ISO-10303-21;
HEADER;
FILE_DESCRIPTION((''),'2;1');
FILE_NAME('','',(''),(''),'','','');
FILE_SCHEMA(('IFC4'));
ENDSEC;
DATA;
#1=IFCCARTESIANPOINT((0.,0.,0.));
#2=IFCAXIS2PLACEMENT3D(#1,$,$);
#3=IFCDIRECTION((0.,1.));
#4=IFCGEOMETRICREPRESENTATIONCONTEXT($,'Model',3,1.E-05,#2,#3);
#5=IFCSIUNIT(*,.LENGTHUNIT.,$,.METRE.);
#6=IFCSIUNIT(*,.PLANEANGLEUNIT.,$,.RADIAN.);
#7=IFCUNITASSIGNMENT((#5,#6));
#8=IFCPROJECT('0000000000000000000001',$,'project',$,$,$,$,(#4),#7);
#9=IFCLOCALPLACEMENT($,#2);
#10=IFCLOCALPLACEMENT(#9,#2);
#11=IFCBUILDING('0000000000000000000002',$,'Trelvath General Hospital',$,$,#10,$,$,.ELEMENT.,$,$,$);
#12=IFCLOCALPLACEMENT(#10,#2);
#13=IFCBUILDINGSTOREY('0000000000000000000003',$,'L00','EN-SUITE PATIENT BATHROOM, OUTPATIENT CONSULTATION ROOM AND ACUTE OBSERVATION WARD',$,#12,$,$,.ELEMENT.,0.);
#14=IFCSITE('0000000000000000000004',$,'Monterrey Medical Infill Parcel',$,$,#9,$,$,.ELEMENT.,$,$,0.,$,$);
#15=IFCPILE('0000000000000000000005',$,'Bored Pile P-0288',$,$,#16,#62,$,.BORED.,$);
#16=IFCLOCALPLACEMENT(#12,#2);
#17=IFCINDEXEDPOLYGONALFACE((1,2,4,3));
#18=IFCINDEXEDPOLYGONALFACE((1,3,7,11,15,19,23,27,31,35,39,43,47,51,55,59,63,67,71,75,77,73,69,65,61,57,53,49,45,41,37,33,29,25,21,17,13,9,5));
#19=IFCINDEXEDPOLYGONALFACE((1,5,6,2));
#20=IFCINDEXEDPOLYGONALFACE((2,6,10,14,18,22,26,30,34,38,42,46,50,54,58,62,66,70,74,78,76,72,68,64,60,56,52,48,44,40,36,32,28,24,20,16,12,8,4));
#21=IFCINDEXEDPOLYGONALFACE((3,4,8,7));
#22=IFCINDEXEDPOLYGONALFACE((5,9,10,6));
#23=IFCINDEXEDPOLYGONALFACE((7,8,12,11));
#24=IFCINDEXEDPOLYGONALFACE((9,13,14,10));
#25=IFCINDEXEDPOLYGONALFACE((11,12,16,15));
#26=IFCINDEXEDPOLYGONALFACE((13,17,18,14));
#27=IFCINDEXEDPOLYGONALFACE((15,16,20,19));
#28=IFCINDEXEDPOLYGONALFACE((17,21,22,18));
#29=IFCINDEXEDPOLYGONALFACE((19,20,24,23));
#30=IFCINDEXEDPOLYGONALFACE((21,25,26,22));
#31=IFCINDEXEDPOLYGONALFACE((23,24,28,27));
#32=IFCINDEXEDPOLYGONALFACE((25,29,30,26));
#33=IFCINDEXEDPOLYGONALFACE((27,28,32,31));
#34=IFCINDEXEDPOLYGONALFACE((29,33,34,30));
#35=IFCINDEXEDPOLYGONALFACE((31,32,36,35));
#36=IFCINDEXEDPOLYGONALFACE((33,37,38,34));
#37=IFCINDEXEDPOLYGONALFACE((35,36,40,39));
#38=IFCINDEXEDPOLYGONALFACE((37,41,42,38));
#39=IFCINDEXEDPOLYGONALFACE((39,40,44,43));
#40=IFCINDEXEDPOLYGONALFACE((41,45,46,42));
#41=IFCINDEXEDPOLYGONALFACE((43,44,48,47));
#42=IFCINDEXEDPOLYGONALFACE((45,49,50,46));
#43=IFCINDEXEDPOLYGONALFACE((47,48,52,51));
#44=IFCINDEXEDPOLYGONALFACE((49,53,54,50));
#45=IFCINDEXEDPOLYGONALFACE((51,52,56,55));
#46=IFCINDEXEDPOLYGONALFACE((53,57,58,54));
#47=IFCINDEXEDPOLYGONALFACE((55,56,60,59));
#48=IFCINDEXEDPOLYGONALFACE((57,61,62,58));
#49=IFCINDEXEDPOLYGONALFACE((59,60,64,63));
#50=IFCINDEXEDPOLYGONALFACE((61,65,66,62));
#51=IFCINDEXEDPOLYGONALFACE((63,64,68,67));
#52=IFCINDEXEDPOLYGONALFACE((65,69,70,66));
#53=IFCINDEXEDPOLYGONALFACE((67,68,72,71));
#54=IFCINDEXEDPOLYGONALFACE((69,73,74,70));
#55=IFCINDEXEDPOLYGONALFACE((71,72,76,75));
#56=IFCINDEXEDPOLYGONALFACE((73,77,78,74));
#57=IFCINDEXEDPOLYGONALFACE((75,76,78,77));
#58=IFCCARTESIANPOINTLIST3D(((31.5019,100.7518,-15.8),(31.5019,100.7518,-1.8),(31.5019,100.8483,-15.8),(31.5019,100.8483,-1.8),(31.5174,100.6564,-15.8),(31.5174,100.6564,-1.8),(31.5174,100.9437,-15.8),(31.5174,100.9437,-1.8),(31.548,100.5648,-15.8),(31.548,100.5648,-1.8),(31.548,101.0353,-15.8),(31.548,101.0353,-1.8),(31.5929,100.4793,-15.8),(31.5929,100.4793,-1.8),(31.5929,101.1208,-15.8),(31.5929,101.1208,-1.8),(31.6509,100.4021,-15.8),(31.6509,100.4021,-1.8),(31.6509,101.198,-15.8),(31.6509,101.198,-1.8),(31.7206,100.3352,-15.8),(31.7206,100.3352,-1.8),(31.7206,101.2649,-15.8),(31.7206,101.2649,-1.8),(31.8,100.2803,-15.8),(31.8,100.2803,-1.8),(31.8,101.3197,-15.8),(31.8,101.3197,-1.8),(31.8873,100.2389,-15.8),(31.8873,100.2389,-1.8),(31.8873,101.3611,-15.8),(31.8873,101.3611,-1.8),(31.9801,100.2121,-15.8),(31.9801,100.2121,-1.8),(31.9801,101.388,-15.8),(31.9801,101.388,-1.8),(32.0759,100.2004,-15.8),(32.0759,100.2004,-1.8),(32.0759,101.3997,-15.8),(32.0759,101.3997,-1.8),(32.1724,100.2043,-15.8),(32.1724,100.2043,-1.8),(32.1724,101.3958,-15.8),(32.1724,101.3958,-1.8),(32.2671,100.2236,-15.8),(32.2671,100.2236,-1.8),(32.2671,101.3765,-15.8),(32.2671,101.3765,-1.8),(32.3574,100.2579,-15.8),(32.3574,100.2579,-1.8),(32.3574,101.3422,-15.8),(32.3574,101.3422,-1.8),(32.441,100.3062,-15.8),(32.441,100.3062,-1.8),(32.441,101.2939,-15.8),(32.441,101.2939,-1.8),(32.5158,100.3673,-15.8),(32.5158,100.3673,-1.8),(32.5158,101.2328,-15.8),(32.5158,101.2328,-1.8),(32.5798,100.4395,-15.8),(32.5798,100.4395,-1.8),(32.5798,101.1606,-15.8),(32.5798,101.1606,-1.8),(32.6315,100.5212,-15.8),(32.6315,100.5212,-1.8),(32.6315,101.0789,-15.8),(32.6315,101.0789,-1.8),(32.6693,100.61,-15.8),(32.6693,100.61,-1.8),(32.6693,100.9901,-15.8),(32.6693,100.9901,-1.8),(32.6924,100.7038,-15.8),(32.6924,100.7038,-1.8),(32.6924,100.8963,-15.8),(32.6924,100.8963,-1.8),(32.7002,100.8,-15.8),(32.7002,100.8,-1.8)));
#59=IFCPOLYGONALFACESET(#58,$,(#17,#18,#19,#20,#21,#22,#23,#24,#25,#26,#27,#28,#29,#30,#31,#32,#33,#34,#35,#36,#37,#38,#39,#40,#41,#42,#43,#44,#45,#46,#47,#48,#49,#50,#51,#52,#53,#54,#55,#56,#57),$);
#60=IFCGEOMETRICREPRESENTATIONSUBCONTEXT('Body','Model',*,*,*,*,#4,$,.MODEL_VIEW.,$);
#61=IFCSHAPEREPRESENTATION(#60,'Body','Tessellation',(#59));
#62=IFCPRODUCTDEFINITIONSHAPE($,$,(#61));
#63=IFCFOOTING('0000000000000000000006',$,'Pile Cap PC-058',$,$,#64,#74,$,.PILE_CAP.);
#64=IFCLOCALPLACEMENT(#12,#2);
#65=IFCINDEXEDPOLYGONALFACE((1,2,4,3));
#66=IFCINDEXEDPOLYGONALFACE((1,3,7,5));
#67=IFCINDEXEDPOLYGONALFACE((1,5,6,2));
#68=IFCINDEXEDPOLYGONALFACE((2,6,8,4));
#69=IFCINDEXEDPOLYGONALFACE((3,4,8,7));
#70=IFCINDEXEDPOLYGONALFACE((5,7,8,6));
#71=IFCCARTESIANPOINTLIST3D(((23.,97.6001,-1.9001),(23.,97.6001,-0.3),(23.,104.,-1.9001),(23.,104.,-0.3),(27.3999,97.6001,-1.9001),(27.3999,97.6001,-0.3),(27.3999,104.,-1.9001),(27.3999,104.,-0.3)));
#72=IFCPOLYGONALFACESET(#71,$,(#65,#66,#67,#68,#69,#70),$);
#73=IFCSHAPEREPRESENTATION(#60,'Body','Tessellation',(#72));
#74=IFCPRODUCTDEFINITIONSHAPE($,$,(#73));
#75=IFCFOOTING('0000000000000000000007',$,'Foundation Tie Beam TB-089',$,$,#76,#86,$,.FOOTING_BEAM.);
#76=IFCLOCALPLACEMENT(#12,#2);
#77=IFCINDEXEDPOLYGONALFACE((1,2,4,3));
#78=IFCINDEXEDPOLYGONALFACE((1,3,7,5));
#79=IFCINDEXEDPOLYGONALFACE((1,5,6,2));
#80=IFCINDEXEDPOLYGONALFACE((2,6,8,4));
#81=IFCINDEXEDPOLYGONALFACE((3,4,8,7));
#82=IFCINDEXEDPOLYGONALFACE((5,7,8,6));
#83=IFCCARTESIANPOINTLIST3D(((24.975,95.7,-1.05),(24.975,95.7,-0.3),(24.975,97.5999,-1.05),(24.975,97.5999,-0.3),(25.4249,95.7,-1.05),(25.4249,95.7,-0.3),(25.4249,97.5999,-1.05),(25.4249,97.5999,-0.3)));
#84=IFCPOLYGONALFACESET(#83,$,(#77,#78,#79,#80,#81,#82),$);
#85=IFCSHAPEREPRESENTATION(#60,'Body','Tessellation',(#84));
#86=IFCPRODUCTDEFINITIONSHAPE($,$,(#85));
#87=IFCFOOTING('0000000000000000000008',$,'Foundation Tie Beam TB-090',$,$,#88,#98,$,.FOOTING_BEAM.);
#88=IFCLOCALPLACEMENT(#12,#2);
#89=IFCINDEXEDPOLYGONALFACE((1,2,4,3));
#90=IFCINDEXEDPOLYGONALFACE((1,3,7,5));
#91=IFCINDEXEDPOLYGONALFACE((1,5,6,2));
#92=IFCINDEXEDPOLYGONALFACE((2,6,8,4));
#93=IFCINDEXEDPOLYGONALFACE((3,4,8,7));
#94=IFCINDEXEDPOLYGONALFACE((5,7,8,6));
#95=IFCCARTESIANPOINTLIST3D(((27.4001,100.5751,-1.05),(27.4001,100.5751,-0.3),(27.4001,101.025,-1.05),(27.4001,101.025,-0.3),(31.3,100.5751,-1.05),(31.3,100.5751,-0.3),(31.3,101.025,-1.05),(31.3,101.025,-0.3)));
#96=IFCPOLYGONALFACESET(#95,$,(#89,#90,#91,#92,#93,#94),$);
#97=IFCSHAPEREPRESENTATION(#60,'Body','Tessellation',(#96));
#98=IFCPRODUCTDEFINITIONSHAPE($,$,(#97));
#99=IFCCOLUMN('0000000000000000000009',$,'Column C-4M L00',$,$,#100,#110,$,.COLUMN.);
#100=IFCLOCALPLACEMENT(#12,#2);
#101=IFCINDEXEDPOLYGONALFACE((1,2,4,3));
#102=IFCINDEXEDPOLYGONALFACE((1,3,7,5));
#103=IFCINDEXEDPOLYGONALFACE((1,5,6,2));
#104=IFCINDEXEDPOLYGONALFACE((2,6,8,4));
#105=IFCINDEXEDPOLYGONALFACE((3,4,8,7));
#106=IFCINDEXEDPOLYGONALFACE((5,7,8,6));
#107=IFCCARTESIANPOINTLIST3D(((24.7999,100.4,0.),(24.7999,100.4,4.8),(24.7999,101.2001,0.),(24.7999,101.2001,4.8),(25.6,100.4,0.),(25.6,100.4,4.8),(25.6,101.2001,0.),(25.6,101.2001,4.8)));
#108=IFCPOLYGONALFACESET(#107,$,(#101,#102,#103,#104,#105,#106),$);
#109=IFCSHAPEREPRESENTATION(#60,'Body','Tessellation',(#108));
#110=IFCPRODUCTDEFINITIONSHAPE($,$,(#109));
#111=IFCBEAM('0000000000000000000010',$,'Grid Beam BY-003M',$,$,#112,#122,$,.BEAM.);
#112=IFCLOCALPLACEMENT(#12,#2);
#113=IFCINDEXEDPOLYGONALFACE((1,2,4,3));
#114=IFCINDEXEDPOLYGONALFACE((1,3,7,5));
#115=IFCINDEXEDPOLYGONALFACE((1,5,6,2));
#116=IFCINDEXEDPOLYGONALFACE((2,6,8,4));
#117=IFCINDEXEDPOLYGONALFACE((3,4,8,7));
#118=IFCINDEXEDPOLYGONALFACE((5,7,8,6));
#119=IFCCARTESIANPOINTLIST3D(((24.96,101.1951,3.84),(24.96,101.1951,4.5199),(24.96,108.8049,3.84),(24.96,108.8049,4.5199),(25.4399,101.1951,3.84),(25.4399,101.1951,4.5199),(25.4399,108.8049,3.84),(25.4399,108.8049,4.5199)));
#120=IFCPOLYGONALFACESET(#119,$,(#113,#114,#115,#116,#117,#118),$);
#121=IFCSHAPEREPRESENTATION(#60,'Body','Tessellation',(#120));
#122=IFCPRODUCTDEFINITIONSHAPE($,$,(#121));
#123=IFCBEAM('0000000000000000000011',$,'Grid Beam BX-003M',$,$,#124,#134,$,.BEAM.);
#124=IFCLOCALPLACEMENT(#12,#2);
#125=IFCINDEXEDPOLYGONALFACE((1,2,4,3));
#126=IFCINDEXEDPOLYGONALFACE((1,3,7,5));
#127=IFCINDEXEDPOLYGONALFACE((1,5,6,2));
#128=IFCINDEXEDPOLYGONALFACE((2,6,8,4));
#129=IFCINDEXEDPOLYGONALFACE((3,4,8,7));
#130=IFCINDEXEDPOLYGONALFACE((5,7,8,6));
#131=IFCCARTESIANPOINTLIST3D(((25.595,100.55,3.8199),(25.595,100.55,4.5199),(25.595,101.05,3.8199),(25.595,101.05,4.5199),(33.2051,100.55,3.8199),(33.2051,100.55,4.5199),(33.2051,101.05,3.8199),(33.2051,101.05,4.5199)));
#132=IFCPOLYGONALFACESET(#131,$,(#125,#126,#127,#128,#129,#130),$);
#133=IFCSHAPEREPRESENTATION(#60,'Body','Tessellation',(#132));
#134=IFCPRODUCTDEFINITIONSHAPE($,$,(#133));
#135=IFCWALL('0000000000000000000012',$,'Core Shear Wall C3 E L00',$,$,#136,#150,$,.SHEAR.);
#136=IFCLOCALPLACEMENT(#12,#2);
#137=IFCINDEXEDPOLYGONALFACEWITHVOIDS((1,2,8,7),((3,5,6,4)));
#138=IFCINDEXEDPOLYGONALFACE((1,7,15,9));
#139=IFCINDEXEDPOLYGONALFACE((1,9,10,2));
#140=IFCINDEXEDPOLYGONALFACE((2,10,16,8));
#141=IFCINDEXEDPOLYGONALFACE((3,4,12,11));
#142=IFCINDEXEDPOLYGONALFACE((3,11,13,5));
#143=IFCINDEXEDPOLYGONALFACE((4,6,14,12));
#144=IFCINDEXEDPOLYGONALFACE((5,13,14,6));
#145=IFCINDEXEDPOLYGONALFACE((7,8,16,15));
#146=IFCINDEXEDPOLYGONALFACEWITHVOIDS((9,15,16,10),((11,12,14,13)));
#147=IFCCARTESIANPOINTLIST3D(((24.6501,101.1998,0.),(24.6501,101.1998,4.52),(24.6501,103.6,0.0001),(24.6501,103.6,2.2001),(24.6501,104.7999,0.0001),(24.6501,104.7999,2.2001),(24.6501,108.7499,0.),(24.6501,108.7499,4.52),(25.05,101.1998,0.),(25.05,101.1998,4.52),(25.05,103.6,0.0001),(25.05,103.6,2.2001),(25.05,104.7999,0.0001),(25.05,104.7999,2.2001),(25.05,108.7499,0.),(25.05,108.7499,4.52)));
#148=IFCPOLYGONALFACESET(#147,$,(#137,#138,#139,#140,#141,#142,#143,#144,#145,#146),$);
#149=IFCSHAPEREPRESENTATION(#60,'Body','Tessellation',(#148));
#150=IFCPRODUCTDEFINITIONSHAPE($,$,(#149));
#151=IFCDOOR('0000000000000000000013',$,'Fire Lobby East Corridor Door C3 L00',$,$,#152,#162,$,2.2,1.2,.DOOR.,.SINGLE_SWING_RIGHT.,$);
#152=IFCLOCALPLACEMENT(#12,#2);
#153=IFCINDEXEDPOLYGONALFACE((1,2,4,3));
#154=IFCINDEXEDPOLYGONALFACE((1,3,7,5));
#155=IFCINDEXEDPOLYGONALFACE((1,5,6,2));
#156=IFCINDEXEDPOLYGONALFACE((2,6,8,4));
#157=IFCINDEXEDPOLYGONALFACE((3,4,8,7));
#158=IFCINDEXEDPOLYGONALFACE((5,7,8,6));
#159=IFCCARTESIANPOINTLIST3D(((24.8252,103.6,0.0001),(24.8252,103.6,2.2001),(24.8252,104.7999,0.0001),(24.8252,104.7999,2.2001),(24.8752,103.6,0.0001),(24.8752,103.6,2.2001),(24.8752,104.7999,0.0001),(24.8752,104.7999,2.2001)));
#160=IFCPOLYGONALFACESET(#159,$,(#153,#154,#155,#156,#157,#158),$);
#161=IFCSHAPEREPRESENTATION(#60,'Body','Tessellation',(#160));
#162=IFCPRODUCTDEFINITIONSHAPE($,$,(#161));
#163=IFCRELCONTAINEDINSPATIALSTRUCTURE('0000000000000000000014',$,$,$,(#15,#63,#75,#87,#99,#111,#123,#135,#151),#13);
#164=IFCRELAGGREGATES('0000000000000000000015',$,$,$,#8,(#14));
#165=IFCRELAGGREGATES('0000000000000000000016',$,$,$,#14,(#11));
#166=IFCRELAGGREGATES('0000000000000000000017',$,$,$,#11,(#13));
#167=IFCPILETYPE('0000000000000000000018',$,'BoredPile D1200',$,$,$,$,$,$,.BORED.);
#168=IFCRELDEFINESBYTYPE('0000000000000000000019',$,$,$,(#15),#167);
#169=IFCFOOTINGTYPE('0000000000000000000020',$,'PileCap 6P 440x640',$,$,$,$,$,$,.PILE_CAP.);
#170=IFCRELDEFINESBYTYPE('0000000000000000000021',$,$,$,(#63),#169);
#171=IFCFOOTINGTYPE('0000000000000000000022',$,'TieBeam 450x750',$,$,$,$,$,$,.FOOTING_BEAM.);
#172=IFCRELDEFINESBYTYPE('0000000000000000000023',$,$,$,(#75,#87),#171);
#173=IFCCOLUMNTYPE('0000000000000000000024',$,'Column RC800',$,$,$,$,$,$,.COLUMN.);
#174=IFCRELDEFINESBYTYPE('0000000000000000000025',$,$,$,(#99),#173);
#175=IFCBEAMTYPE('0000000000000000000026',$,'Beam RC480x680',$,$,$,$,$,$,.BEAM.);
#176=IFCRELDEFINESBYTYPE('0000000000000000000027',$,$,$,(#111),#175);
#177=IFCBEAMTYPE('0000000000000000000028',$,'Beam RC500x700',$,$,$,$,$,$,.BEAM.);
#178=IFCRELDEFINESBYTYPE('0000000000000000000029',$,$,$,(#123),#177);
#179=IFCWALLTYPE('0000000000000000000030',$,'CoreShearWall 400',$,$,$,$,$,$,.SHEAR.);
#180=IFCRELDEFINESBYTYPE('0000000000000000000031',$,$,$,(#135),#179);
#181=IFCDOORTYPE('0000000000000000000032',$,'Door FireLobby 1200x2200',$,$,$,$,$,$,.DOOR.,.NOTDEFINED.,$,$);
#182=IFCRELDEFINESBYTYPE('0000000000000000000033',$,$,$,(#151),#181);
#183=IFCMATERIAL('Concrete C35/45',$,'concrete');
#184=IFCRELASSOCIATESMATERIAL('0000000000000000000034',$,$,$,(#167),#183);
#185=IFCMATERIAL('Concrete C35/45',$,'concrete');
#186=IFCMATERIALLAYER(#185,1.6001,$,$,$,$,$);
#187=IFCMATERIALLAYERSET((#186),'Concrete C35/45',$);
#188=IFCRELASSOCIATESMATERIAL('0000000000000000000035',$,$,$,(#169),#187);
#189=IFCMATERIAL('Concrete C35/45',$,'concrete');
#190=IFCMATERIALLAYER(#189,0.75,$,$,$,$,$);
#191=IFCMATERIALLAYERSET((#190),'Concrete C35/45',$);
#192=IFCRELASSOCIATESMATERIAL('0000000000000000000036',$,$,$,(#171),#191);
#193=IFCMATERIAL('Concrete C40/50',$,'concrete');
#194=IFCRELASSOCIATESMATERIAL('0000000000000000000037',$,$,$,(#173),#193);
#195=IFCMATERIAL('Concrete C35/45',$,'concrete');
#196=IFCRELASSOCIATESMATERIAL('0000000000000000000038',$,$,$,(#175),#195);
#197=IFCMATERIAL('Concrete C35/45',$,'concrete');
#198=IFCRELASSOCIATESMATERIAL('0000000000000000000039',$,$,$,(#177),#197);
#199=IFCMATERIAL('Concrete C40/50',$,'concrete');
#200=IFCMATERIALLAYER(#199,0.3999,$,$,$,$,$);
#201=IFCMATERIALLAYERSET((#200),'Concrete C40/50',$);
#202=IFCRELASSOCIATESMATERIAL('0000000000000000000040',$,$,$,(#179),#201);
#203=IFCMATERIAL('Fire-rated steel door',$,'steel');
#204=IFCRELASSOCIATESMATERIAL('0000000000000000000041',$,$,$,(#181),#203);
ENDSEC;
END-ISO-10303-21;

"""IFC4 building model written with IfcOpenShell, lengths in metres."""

from ifc_helpers import new_model, si_unit, direction, frame, frame_2d, origin, origin_2d, place, context, subcontext, project, spatial, rectangle, circle, extrude, material, layer, layer_set, material_profile, profile_set, type_object, element, fill, save


model = new_model("IFC4")

# Units and contexts
model_context = context("Model", 3, precision=1e-05, world=origin(), true_north=direction((0.0, 1.0)))
body_context = subcontext(model_context, "Body", "Model", "MODEL_VIEW")
ifc_project = project(units=[si_unit("LENGTHUNIT", "METRE"), si_unit("PLANEANGLEUNIT", "RADIAN")], contexts=[model_context])

# Site, building, storey
site_placement = place(None, origin())
site = spatial("IfcSite", under=ifc_project, at=site_placement, Name="Monterrey Medical Infill Parcel", CompositionType="ELEMENT", RefElevation=0.0)
building_placement = place(site_placement, origin())
building = spatial("IfcBuilding", under=site, at=building_placement, Name="Trelvath General Hospital", CompositionType="ELEMENT")
storey_placement = place(building_placement, origin())
storey = spatial("IfcBuildingStorey", under=building, at=storey_placement, Name="L00", Description="EN-SUITE PATIENT BATHROOM, OUTPATIENT CONSULTATION ROOM AND ACUTE OBSERVATION WARD", CompositionType="ELEMENT", Elevation=0.0)

# Pile
ifc_material_1 = material(Name="Concrete C35/45", Category="concrete")
ifc_material_profile_1 = material_profile(ifc_material_1, circle(Radius=0.6001, at=origin_2d()), Name="PILE1200")
ifc_profile_set_1 = profile_set([ifc_material_profile_1], Name="Concrete C35/45")
pile_type_1 = type_object("IfcPileType", Name="BoredPile D1200", PredefinedType="BORED", material=ifc_profile_set_1)
for number, where, z_axis, x_axis, name in (
    (1, (32.1001, 100.8, -1.8), (0.0, 0.0, -1.0), (1.0, 0.0, 0.0), "Bored Pile P-0288"),
):
    element("IfcPile", number, at=place(storey_placement, frame(where, z_axis=z_axis, x_axis=x_axis)), inside=storey, type_object=pile_type_1, Name=name, PredefinedType="BORED", context=body_context, shape_type="SweptSolid", body=[
        extrude(circle(Radius=0.6001, at=origin_2d()), origin(), (0.0, 0.0, 1.0), 14.0),
    ])

# Footings
ifc_material_2 = material(Name="Concrete C35/45", Category="concrete")
ifc_layer_1 = layer(ifc_material_2, 1.6001)
ifc_layer_set_1 = layer_set([ifc_layer_1], Name="Concrete C35/45")
footing_type_1 = type_object("IfcFootingType", Name="PileCap 6P 440x640", PredefinedType="PILE_CAP", material=ifc_layer_set_1)
footing_1_placement = place(storey_placement, frame((25.2, 100.8, -1.9001), z_axis=(0.0, 0.0, 1.0), x_axis=(1.0, 0.0, 0.0)))
element("IfcFooting", 2, at=footing_1_placement, inside=storey, type_object=footing_type_1, Name="Pile Cap PC-058", PredefinedType="PILE_CAP", context=body_context, shape_type="SweptSolid", body=[
    extrude(rectangle(XDim=4.3999, YDim=6.3999, at=origin_2d()), origin(), (0.0, 0.0, 1.0), 1.6001),
])
ifc_material_3 = material(Name="Concrete C35/45", Category="concrete")
ifc_layer_2 = layer(ifc_material_3, 0.75)
ifc_layer_set_2 = layer_set([ifc_layer_2], Name="Concrete C35/45")
footing_type_2 = type_object("IfcFootingType", Name="TieBeam 450x750", PredefinedType="FOOTING_BEAM", material=ifc_layer_set_2)
footing_2_placement = place(storey_placement, frame((25.2, 96.6499, -1.05), z_axis=(0.0, 0.0, 1.0), x_axis=(1.0, 0.0, 0.0)))
element("IfcFooting", 3, at=footing_2_placement, inside=storey, type_object=footing_type_2, Name="Foundation Tie Beam TB-089", PredefinedType="FOOTING_BEAM", context=body_context, shape_type="SweptSolid", body=[
    extrude(rectangle(XDim=0.45, YDim=1.8999, at=origin_2d()), origin(), (0.0, 0.0, 1.0), 0.75),
])
footing_3_placement = place(storey_placement, frame((29.3501, 100.8, -1.05), z_axis=(0.0, 0.0, 1.0), x_axis=(1.0, 0.0, 0.0)))
element("IfcFooting", 4, at=footing_3_placement, inside=storey, type_object=footing_type_2, Name="Foundation Tie Beam TB-090", PredefinedType="FOOTING_BEAM", context=body_context, shape_type="SweptSolid", body=[
    extrude(rectangle(XDim=3.8999, YDim=0.45, at=origin_2d()), origin(), (0.0, 0.0, 1.0), 0.75),
])

# Column
ifc_material_4 = material(Name="Concrete C40/50", Category="concrete")
ifc_material_profile_2 = material_profile(ifc_material_4, rectangle(XDim=0.8, YDim=0.8, at=origin_2d()), Name="RC800x800")
ifc_profile_set_2 = profile_set([ifc_material_profile_2], Name="Concrete C40/50")
column_type = type_object("IfcColumnType", Name="Column RC800", PredefinedType="COLUMN", material=ifc_profile_set_2)
column_placement = place(storey_placement, frame((25.2, 100.8, 0.0), z_axis=(0.0, 0.0, 1.0), x_axis=(1.0, 0.0, 0.0)))
element("IfcColumn", 5, at=column_placement, inside=storey, type_object=column_type, Name="Column C-4M L00", PredefinedType="COLUMN", context=body_context, shape_type="SweptSolid", body=[
    extrude(rectangle(XDim=0.8, YDim=0.8, at=origin_2d()), origin(), (0.0, 0.0, 1.0), 4.8),
])

# Beams
ifc_material_5 = material(Name="Concrete C35/45", Category="concrete")
ifc_material_profile_3 = material_profile(ifc_material_5, rectangle(XDim=0.48, YDim=0.6799, at=origin_2d()), Name="RCB480x680")
ifc_profile_set_3 = profile_set([ifc_material_profile_3], Name="Concrete C35/45")
beam_type_1 = type_object("IfcBeamType", Name="Beam RC480x680", PredefinedType="BEAM", material=ifc_profile_set_3)
beam_1_placement = place(storey_placement, frame((25.2, 101.1951, 4.1799), z_axis=(0.0, 1.0, 0.0), x_axis=(-1.0, 0.0, 0.0)))
element("IfcBeam", 6, at=beam_1_placement, inside=storey, type_object=beam_type_1, Name="Grid Beam BY-003M", PredefinedType="BEAM", context=body_context, shape_type="SweptSolid", body=[
    extrude(rectangle(XDim=0.48, YDim=0.6799, at=origin_2d()), origin(), (0.0, 0.0, 1.0), 7.6099),
])
ifc_material_6 = material(Name="Concrete C35/45", Category="concrete")
ifc_material_profile_4 = material_profile(ifc_material_6, rectangle(XDim=0.5, YDim=0.7, at=origin_2d()), Name="RCB500x700")
ifc_profile_set_4 = profile_set([ifc_material_profile_4], Name="Concrete C35/45")
beam_type_2 = type_object("IfcBeamType", Name="Beam RC500x700", PredefinedType="BEAM", material=ifc_profile_set_4)
beam_2_placement = place(storey_placement, frame((25.595, 100.8, 4.1699), z_axis=(1.0, 0.0, 0.0), x_axis=(0.0, 1.0, 0.0)))
element("IfcBeam", 7, at=beam_2_placement, inside=storey, type_object=beam_type_2, Name="Grid Beam BX-003M", PredefinedType="BEAM", context=body_context, shape_type="SweptSolid", body=[
    extrude(rectangle(XDim=0.5, YDim=0.7, at=origin_2d()), origin(), (0.0, 0.0, 1.0), 7.6101),
])

# Wall, opening, door
ifc_material_7 = material(Name="Concrete C40/50", Category="concrete")
ifc_layer_3 = layer(ifc_material_7, 0.3999)
ifc_layer_set_3 = layer_set([ifc_layer_3], Name="Concrete C40/50")
wall_type_1 = type_object("IfcWallType", Name="CoreShearWall 400", PredefinedType="SHEAR", material=ifc_layer_set_3)
wall_1_placement = place(storey_placement, frame((24.8501, 101.2, 0.0), z_axis=(0.0, 0.0, 1.0), x_axis=(0.0, 1.0, 0.0)))
wall_1 = element("IfcWall", 8, at=wall_1_placement, inside=storey, type_object=wall_type_1, Name="Core Shear Wall C3 E L00", PredefinedType="SHEAR", context=body_context, shape_type="SweptSolid", body=[
    extrude(rectangle(XDim=7.55, YDim=0.3999, at=frame_2d((3.7749, 0.0))), origin(), (0.0, 0.0, 1.0), 4.52),
])
opening_1_placement = place(wall_1_placement, frame((2.3999, 0.0, 0.0)))
opening_1 = element("IfcOpeningElement", 9, at=opening_1_placement, cuts=wall_1, PredefinedType="OPENING", context=body_context, shape_type="SweptSolid", body=[
    extrude(rectangle(XDim=1.2, YDim=2.2, at=frame_2d((0.6001, 1.1001))), frame((0.0, 0.21, 0.0), z_axis=(0.0, -1.0, 0.0), x_axis=(1.0, 0.0, 0.0)), (0.0, 0.0, 1.0), 0.4199),
])
ifc_material_8 = material(Name="Fire-rated steel door", Category="steel")
door_type_1 = type_object("IfcDoorType", Name="Door FireLobby 1200x2200", OperationType="NOTDEFINED", PredefinedType="DOOR", material=ifc_material_8)
door_1_placement = place(opening_1_placement, origin())
door_1 = element("IfcDoor", 10, at=door_1_placement, inside=storey, type_object=door_type_1, Name="Fire Lobby East Corridor Door C3 L00", OperationType="SINGLE_SWING_RIGHT", OverallHeight=2.2, OverallWidth=1.2, PredefinedType="DOOR", context=body_context, shape_type="SweptSolid", body=[
    extrude(rectangle(XDim=1.2, YDim=2.2, at=frame_2d((0.6001, 1.1001))), frame((0.0, 0.0249, 0.0), z_axis=(0.0, -1.0, 0.0), x_axis=(1.0, 0.0, 0.0)), (0.0, 0.0, 1.0), 0.05),
])
fill(opening_1, door_1)

save(model, "model.ifc")
